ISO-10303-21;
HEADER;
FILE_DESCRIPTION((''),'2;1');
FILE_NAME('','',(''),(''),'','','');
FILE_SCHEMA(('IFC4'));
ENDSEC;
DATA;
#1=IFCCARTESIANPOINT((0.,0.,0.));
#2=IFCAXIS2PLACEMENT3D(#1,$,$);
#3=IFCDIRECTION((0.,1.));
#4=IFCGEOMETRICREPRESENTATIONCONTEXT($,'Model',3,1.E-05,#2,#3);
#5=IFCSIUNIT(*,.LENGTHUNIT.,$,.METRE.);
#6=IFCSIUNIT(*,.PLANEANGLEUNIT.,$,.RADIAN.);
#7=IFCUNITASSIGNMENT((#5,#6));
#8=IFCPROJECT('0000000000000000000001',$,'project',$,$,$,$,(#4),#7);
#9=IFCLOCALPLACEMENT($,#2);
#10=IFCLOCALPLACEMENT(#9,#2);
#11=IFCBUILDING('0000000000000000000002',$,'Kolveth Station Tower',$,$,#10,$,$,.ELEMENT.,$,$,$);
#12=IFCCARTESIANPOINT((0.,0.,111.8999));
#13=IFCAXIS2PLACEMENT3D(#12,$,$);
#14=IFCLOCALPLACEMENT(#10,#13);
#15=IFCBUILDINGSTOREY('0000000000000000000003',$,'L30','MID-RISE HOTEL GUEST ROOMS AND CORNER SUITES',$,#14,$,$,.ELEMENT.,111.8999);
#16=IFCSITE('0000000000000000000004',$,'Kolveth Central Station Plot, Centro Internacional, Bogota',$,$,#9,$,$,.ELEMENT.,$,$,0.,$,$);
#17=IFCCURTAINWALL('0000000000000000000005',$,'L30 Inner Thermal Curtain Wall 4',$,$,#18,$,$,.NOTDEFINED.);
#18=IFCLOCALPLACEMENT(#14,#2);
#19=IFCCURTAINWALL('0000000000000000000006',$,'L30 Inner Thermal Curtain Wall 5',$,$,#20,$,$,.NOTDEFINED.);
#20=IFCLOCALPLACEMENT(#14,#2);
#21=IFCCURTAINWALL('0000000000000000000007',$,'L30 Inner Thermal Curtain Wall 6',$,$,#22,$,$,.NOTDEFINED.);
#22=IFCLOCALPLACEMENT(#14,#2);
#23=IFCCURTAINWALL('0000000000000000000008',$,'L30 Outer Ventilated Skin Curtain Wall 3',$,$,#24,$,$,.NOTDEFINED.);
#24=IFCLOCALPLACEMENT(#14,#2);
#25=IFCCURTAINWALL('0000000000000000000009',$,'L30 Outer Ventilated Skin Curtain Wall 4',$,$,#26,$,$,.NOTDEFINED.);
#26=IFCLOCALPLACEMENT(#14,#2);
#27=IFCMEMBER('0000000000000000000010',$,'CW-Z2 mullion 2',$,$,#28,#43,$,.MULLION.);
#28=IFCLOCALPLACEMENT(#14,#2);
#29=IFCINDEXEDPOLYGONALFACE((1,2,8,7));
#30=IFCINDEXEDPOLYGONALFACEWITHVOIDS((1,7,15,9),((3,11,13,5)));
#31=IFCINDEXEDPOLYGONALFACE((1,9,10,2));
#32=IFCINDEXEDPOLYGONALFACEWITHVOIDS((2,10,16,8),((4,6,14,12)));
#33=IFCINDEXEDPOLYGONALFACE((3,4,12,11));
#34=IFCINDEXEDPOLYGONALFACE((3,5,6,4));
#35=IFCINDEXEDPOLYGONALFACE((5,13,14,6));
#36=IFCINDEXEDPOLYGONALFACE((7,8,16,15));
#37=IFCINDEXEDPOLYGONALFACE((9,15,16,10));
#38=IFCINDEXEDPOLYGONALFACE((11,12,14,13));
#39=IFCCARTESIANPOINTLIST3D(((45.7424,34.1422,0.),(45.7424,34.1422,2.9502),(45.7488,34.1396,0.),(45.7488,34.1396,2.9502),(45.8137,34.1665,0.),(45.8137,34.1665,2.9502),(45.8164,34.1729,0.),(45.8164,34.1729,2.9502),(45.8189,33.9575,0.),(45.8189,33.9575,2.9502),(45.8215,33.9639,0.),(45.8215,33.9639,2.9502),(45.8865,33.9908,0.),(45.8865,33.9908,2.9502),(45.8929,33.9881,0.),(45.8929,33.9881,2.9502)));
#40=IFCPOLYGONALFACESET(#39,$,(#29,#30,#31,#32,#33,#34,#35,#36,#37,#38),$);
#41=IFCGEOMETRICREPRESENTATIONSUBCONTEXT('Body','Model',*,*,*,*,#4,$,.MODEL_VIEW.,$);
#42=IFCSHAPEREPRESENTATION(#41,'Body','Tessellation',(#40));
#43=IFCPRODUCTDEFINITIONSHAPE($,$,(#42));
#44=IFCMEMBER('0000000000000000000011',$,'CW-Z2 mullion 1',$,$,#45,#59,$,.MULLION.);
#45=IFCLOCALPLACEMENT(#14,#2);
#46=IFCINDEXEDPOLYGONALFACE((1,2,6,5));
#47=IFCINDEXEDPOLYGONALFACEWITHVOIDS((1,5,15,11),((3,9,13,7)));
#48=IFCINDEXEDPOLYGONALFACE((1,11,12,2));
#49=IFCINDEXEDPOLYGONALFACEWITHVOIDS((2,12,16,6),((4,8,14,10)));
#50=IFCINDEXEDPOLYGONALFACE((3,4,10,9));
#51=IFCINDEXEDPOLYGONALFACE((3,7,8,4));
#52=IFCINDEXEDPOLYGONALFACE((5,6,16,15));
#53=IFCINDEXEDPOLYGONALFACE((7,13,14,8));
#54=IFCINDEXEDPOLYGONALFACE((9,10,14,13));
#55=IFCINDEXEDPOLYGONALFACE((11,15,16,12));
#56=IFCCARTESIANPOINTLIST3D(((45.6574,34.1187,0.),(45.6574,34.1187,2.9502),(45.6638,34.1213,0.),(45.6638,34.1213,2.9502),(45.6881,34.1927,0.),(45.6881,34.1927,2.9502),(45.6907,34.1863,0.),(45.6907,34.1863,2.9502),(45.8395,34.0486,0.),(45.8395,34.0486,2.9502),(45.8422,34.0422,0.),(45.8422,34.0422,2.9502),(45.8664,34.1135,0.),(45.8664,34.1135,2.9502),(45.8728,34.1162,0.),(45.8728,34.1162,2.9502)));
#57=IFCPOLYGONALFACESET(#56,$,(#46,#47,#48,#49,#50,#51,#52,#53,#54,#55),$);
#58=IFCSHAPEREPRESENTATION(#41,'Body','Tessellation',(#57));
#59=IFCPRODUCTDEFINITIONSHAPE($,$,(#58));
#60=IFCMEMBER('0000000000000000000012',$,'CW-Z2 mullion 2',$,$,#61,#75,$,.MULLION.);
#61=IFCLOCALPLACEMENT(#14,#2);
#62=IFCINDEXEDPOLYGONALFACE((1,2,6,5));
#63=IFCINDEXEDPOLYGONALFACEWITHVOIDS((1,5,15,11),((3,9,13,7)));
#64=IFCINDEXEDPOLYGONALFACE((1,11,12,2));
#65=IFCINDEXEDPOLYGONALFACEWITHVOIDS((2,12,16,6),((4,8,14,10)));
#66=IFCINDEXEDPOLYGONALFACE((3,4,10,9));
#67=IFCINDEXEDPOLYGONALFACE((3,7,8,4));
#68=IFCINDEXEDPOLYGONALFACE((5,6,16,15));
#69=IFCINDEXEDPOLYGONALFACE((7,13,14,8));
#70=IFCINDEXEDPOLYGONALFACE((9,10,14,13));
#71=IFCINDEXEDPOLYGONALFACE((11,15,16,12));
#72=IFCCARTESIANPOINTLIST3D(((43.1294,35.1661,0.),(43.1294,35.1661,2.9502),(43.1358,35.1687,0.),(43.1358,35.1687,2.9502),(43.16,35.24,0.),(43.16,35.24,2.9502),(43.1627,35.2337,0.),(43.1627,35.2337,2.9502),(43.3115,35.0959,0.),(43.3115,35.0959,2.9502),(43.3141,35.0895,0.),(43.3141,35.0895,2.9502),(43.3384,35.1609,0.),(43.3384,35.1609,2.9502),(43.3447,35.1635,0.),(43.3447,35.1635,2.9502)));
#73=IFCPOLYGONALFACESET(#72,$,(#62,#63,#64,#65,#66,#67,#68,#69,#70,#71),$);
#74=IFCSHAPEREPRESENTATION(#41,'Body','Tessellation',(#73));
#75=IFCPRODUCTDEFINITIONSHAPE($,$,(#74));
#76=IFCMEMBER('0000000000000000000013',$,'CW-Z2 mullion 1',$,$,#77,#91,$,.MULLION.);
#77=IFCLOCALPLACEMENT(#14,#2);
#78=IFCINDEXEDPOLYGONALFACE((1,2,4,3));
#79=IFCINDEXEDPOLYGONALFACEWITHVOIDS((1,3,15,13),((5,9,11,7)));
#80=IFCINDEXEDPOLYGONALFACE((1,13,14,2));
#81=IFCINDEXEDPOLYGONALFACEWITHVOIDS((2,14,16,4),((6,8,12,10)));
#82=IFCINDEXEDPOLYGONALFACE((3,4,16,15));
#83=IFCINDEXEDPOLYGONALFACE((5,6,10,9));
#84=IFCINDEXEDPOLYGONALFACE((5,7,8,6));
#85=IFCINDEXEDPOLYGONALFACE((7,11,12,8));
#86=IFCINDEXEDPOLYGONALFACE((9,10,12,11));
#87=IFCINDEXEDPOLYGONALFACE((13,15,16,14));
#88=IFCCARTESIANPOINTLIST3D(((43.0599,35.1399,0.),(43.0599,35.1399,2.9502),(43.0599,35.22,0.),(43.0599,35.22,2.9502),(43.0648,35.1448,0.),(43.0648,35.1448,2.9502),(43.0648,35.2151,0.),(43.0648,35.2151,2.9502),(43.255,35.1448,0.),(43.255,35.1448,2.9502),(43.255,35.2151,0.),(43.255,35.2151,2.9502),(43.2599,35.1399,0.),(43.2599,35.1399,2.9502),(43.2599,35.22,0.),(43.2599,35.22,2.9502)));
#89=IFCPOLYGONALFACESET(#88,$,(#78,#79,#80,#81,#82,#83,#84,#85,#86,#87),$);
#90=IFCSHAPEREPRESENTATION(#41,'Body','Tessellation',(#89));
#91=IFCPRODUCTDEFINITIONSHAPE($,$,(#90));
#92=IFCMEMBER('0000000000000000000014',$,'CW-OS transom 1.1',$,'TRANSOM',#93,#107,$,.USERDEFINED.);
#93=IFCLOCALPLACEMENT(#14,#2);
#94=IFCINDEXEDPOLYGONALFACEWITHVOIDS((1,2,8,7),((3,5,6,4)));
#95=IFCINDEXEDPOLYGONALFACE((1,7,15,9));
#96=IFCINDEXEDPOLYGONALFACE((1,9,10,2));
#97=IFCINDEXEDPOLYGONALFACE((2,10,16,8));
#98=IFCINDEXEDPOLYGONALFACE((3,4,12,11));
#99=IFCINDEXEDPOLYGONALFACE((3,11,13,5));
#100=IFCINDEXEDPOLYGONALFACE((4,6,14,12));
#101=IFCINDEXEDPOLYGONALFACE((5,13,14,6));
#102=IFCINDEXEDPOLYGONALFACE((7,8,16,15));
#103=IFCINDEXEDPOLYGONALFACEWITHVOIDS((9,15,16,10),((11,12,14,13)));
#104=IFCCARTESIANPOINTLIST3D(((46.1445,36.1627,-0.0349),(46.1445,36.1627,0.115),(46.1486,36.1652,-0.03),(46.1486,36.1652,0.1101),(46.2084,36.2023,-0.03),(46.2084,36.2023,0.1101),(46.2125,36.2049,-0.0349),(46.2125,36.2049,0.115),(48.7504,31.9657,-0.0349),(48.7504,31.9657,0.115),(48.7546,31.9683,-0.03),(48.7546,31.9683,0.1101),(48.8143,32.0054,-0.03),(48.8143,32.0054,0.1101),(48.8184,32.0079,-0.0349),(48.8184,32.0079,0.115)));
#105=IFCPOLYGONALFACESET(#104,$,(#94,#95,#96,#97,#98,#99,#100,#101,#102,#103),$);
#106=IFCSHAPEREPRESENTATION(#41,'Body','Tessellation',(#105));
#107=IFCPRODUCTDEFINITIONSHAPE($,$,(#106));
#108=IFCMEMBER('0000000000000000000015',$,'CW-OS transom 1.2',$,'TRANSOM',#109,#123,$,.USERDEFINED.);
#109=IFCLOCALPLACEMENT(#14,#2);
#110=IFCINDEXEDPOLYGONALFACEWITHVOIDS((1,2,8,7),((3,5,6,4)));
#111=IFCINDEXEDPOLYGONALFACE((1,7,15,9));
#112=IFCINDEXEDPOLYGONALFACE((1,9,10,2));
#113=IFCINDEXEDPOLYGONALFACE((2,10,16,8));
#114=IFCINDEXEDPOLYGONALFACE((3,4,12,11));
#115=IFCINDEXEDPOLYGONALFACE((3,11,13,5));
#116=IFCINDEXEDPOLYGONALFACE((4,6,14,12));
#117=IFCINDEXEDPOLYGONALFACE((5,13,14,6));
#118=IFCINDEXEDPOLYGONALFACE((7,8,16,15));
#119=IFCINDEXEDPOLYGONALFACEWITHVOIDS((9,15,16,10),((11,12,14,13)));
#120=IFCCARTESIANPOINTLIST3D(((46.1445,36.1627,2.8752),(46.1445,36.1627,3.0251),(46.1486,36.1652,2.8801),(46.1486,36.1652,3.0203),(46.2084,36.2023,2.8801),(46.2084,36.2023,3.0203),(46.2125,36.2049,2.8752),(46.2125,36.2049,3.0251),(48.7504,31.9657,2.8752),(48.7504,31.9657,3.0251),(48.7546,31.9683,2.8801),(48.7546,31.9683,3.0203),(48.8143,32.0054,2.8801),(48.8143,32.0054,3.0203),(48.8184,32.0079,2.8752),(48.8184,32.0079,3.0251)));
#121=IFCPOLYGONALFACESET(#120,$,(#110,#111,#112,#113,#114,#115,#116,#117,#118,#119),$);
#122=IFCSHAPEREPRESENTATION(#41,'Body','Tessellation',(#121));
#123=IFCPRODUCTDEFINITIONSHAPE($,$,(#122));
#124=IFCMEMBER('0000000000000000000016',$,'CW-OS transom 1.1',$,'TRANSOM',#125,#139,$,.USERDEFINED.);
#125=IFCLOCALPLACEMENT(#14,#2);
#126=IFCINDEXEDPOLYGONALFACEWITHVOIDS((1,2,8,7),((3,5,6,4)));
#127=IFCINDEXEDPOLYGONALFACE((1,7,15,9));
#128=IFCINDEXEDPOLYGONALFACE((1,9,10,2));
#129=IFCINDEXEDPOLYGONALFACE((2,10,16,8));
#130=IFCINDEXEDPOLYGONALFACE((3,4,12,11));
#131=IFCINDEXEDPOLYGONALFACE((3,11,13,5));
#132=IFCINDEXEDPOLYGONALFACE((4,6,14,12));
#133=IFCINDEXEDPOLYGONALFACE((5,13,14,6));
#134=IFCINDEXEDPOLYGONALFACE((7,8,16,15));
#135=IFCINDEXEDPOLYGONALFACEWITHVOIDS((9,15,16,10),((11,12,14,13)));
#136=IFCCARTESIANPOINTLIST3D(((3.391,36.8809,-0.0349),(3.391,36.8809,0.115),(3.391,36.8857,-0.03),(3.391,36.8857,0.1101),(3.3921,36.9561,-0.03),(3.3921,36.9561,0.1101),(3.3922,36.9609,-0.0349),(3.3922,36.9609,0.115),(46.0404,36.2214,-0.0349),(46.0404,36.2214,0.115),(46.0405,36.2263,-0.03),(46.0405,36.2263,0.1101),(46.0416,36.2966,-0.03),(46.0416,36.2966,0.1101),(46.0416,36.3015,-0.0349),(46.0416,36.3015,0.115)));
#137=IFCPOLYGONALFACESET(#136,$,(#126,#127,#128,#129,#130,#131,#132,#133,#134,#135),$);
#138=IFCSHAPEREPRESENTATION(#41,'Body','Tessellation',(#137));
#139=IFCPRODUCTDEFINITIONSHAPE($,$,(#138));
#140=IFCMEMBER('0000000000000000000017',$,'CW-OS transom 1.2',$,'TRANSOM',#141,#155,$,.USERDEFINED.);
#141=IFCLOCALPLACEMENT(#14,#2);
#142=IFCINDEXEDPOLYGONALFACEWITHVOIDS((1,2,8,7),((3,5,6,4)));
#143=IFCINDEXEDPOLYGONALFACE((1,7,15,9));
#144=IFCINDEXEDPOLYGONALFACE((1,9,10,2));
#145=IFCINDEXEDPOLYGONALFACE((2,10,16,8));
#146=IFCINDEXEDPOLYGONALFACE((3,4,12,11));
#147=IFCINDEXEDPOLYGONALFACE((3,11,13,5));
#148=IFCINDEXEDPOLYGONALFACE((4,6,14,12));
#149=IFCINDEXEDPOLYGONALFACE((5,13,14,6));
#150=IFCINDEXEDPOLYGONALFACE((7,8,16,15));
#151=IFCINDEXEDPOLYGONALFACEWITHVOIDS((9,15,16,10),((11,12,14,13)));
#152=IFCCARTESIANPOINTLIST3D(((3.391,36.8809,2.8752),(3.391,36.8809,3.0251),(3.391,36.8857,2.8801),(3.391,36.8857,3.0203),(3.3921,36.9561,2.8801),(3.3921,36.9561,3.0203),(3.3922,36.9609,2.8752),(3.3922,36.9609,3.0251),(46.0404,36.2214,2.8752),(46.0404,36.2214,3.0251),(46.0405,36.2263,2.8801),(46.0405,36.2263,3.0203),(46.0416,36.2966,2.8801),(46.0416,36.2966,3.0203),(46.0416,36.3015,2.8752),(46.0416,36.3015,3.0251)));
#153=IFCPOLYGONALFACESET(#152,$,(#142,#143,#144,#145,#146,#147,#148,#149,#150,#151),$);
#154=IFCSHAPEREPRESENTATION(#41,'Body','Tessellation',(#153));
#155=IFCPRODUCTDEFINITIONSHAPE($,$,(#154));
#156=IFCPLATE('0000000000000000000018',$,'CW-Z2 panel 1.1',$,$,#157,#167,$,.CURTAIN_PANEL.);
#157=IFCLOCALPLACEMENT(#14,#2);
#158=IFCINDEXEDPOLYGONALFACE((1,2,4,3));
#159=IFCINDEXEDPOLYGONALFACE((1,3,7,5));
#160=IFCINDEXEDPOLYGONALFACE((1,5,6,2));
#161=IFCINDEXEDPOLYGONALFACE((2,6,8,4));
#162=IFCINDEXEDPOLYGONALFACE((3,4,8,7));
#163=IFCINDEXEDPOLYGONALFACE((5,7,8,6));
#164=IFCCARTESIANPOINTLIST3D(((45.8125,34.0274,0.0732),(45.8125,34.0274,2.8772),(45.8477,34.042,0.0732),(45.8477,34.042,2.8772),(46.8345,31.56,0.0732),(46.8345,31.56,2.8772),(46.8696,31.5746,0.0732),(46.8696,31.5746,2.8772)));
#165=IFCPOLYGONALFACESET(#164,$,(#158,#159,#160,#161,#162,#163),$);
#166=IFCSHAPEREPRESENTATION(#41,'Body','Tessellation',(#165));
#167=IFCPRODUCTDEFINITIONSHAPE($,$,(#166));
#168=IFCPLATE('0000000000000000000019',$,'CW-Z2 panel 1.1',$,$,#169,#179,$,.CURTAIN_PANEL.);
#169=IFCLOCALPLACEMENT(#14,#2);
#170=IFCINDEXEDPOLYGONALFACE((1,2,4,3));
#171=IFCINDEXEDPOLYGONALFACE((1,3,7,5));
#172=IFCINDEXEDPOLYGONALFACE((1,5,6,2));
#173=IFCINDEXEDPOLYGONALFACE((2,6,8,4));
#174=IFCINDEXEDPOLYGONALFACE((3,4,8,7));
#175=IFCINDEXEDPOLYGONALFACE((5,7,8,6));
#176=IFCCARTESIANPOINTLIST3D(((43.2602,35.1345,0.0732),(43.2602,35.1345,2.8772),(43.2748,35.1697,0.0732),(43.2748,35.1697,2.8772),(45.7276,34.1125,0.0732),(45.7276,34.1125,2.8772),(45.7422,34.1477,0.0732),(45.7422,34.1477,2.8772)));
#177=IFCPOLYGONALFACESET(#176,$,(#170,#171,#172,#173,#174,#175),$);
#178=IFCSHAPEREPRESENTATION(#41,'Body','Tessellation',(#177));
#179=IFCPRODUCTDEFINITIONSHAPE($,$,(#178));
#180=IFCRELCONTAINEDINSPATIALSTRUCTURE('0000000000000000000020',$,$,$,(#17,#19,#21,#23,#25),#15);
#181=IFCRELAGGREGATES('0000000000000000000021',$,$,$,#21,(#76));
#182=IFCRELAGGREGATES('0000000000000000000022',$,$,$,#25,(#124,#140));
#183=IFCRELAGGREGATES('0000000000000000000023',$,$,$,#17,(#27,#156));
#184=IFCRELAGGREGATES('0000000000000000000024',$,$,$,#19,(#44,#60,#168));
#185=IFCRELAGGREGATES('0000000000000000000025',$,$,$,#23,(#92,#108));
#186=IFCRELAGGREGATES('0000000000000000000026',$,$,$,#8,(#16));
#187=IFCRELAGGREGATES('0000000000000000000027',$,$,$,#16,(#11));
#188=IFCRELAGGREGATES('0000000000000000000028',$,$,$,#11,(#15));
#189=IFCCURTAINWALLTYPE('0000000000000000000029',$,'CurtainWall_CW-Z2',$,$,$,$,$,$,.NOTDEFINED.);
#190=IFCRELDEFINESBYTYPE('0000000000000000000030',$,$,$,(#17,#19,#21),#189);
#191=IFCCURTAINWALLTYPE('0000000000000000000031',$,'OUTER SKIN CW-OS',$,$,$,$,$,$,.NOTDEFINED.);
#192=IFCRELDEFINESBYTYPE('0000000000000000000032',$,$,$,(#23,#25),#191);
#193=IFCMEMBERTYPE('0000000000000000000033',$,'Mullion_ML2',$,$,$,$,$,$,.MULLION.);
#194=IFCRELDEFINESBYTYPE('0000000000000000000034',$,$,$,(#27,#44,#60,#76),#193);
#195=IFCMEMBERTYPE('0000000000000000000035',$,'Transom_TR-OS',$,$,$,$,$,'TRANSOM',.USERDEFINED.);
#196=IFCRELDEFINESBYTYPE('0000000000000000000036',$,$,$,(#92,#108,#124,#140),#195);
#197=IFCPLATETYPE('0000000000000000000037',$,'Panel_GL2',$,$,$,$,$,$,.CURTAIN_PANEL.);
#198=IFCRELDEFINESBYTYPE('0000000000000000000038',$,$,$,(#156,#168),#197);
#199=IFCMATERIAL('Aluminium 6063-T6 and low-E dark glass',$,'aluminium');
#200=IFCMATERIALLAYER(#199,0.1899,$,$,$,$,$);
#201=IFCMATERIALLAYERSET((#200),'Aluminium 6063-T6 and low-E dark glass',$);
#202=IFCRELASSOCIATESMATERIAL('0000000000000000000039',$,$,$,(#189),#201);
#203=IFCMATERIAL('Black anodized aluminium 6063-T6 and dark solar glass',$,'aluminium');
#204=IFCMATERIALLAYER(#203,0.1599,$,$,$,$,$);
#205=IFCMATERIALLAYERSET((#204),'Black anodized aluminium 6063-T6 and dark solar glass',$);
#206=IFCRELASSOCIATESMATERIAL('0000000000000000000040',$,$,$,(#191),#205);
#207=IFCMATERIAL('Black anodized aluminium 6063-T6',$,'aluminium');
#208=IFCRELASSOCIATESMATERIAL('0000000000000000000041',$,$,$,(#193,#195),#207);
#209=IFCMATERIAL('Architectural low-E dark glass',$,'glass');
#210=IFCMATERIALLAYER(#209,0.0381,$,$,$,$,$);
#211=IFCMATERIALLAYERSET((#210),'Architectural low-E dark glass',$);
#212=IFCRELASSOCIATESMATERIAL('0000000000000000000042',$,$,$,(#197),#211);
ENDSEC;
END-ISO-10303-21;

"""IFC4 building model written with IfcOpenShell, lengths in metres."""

from ifc_helpers import new_model, si_unit, direction, frame, origin, origin_2d, place, context, subcontext, project, spatial, rectangle, hollow_rectangle, extrude, source, transform, mapped, material, layer, layer_set, material_profile, profile_set, type_object, element, aggregate, save


model = new_model("IFC4")

# Units and contexts
model_context = context("Model", 3, precision=1e-05, world=origin(), true_north=direction((0.0, 1.0)))
body_context = subcontext(model_context, "Body", "Model", "MODEL_VIEW")
ifc_project = project(units=[si_unit("LENGTHUNIT", "METRE"), si_unit("PLANEANGLEUNIT", "RADIAN")], contexts=[model_context])

# Site, building, storey
site_placement = place(None, origin())
site = spatial("IfcSite", under=ifc_project, at=site_placement, Name="Kolveth Central Station Plot, Centro Internacional, Bogota", CompositionType="ELEMENT", RefElevation=0.0)
building_placement = place(site_placement, origin())
building = spatial("IfcBuilding", under=site, at=building_placement, Name="Kolveth Station Tower", CompositionType="ELEMENT")
storey_placement = place(building_placement, frame((0.0, 0.0, 111.8999)))
storey = spatial("IfcBuildingStorey", under=building, at=storey_placement, Name="L30", Description="MID-RISE HOTEL GUEST ROOMS AND CORNER SUITES", CompositionType="ELEMENT", Elevation=111.8999)

# Curtain wall
ifc_material_1 = material(Name="Aluminium 6063-T6 and low-E dark glass", Category="aluminium")
ifc_layer_1 = layer(ifc_material_1, 0.1899)
ifc_layer_set_1 = layer_set([ifc_layer_1], Name="Aluminium 6063-T6 and low-E dark glass")
curtain_wall_type_1 = type_object("IfcCurtainWallType", Name="CurtainWall_CW-Z2", PredefinedType="NOTDEFINED", material=ifc_layer_set_1)
curtain_wall_1_placement = place(storey_placement, origin())
curtain_wall_1 = element("IfcCurtainWall", 1, at=curtain_wall_1_placement, inside=storey, type_object=curtain_wall_type_1, Name="L30 Inner Thermal Curtain Wall 4", PredefinedType="NOTDEFINED")
ifc_material_2 = material(Name="Black anodized aluminium 6063-T6", Category="aluminium")

# Curtain walls
curtain_wall_2_placement = place(storey_placement, origin())
curtain_wall_2 = element("IfcCurtainWall", 2, at=curtain_wall_2_placement, inside=storey, type_object=curtain_wall_type_1, Name="L30 Inner Thermal Curtain Wall 5", PredefinedType="NOTDEFINED")
curtain_wall_3_placement = place(storey_placement, origin())
curtain_wall_3 = element("IfcCurtainWall", 3, at=curtain_wall_3_placement, inside=storey, type_object=curtain_wall_type_1, Name="L30 Inner Thermal Curtain Wall 6", PredefinedType="NOTDEFINED")

# Shared definitions
ifc_material_3 = material(Name="Black anodized aluminium 6063-T6 and dark solar glass", Category="aluminium")
ifc_layer_2 = layer(ifc_material_3, 0.1599)
ifc_layer_set_2 = layer_set([ifc_layer_2], Name="Black anodized aluminium 6063-T6 and dark solar glass")
curtain_wall_type_2 = type_object("IfcCurtainWallType", Name="OUTER SKIN CW-OS", PredefinedType="NOTDEFINED", material=ifc_layer_set_2)

# Curtain wall
curtain_wall_4_placement = place(storey_placement, origin())
curtain_wall_4 = element("IfcCurtainWall", 4, at=curtain_wall_4_placement, inside=storey, type_object=curtain_wall_type_2, Name="L30 Outer Ventilated Skin Curtain Wall 3", PredefinedType="NOTDEFINED")

# Curtain wall
curtain_wall_5_placement = place(storey_placement, origin())
curtain_wall_5 = element("IfcCurtainWall", 5, at=curtain_wall_5_placement, inside=storey, type_object=curtain_wall_type_2, Name="L30 Outer Ventilated Skin Curtain Wall 4", PredefinedType="NOTDEFINED")

# Members
ifc_material_profile_1 = material_profile(ifc_material_2, hollow_rectangle(XDim=0.0801, YDim=0.2, WallThickness=0.0049, at=origin_2d()), Name="ALU-80x200x5")
ifc_profile_set_1 = profile_set([ifc_material_profile_1], Name="Black anodized aluminium 6063-T6")
member_type_1 = type_object("IfcMemberType", Name="Mullion_ML2", PredefinedType="MULLION", material=ifc_profile_set_1)
shared_shape_1 = source(origin(), body_context, "Body", "SweptSolid", [
    extrude(hollow_rectangle(XDim=0.0801, YDim=0.2, WallThickness=0.0049, at=origin_2d()), origin(), (0.0, 0.0, 1.0), 2.9502),
])
member_1_placement = place(storey_placement, frame((45.8176, 34.0652, 0.0), z_axis=(0.0, 0.0, 1.0), x_axis=(-0.923888, -0.382663, 0.0)))
member_1 = element("IfcMember", 6, at=member_1_placement, type_object=member_type_1, Name="CW-Z2 mullion 2", PredefinedType="MULLION", context=body_context, shape_type="MappedRepresentation", body=[
    mapped(shared_shape_1, transform((0.0, 0.0, 0.0), x_axis=(1.0, 0.0, 0.0), y_axis=(0.0, 1.0, 0.0), z_axis=(0.0, 0.0, 1.0), scale=1.0)),
])
member_2_placement = place(storey_placement, frame((45.7651, 34.1174, 0.0), z_axis=(0.0, 0.0, 1.0), x_axis=(-0.382663, -0.923888, 0.0)))
member_2 = element("IfcMember", 7, at=member_2_placement, type_object=member_type_1, Name="CW-Z2 mullion 1", PredefinedType="MULLION", context=body_context, shape_type="MappedRepresentation", body=[
    mapped(shared_shape_1, transform((0.0, 0.0, 0.0), x_axis=(1.0, 0.0, 0.0), y_axis=(0.0, 1.0, 0.0), z_axis=(0.0, 0.0, 1.0), scale=1.0)),
])
member_3_placement = place(storey_placement, frame((43.2371, 35.1648, 0.0), z_axis=(0.0, 0.0, 1.0), x_axis=(-0.382663, -0.923888, 0.0)))
member_3 = element("IfcMember", 8, at=member_3_placement, type_object=member_type_1, Name="CW-Z2 mullion 2", PredefinedType="MULLION", context=body_context, shape_type="MappedRepresentation", body=[
    mapped(shared_shape_1, transform((0.0, 0.0, 0.0), x_axis=(1.0, 0.0, 0.0), y_axis=(0.0, 1.0, 0.0), z_axis=(0.0, 0.0, 1.0), scale=1.0)),
])
member_4_placement = place(storey_placement, frame((43.1599, 35.1799, 0.0), z_axis=(0.0, 0.0, 1.0), x_axis=(0.0, -1.0, 0.0)))
member_4 = element("IfcMember", 9, at=member_4_placement, type_object=member_type_1, Name="CW-Z2 mullion 1", PredefinedType="MULLION", context=body_context, shape_type="MappedRepresentation", body=[
    mapped(shared_shape_1, transform((0.0, 0.0, 0.0), x_axis=(1.0, 0.0, 0.0), y_axis=(0.0, 1.0, 0.0), z_axis=(0.0, 0.0, 1.0), scale=1.0)),
])
aggregate(curtain_wall_3, [member_4])
ifc_material_profile_2 = material_profile(ifc_material_2, hollow_rectangle(XDim=0.0801, YDim=0.1499, WallThickness=0.0049, at=origin_2d()), Name="ALU-80x150x5")
ifc_profile_set_2 = profile_set([ifc_material_profile_2], Name="Black anodized aluminium 6063-T6")
member_type_2 = type_object("IfcMemberType", Name="Transom_TR-OS", ElementType="TRANSOM", PredefinedType="USERDEFINED", material=ifc_profile_set_2)
shared_shape_2 = source(origin(), body_context, "Body", "SweptSolid", [
    extrude(hollow_rectangle(XDim=0.0801, YDim=0.1499, WallThickness=0.0049, at=origin_2d()), origin(), (0.0, 0.0, 1.0), 4.9402),
])
member_5_placement = place(storey_placement, frame((48.7844, 31.9868, 0.04), z_axis=(-0.527496, 0.849558, 0.0), x_axis=(-0.849558, -0.527496, 0.0)))
member_5 = element("IfcMember", 10, at=member_5_placement, type_object=member_type_2, Name="CW-OS transom 1.1", ObjectType="TRANSOM", PredefinedType="USERDEFINED", context=body_context, shape_type="MappedRepresentation", body=[
    mapped(shared_shape_2, transform((0.0, 0.0, 0.0), x_axis=(1.0, 0.0, 0.0), y_axis=(0.0, 1.0, 0.0), z_axis=(0.0, 0.0, 1.0), scale=1.0)),
])
member_6_placement = place(storey_placement, frame((48.7844, 31.9868, 2.9502), z_axis=(-0.527496, 0.849558, 0.0), x_axis=(-0.849558, -0.527496, 0.0)))
member_6 = element("IfcMember", 11, at=member_6_placement, type_object=member_type_2, Name="CW-OS transom 1.2", ObjectType="TRANSOM", PredefinedType="USERDEFINED", context=body_context, shape_type="MappedRepresentation", body=[
    mapped(shared_shape_2, transform((0.0, 0.0, 0.0), x_axis=(1.0, 0.0, 0.0), y_axis=(0.0, 1.0, 0.0), z_axis=(0.0, 0.0, 1.0), scale=1.0)),
])
shared_shape_3 = source(origin(), body_context, "Body", "SweptSolid", [
    extrude(hollow_rectangle(XDim=0.0801, YDim=0.1499, WallThickness=0.0049, at=origin_2d()), origin(), (0.0, 0.0, 1.0), 42.6545),
])
member_7_placement = place(storey_placement, frame((46.041, 36.2615, 0.04), z_axis=(-0.99988, 0.01546, 0.0), x_axis=(-0.01546, -0.99988, 0.0)))
member_7 = element("IfcMember", 12, at=member_7_placement, type_object=member_type_2, Name="CW-OS transom 1.1", ObjectType="TRANSOM", PredefinedType="USERDEFINED", context=body_context, shape_type="MappedRepresentation", body=[
    mapped(shared_shape_3, transform((0.0, 0.0, 0.0), x_axis=(1.0, 0.0, 0.0), y_axis=(0.0, 1.0, 0.0), z_axis=(0.0, 0.0, 1.0), scale=1.0)),
])
member_8_placement = place(storey_placement, frame((46.041, 36.2615, 2.9502), z_axis=(-0.99988, 0.01546, 0.0), x_axis=(-0.01546, -0.99988, 0.0)))
member_8 = element("IfcMember", 13, at=member_8_placement, type_object=member_type_2, Name="CW-OS transom 1.2", ObjectType="TRANSOM", PredefinedType="USERDEFINED", context=body_context, shape_type="MappedRepresentation", body=[
    mapped(shared_shape_3, transform((0.0, 0.0, 0.0), x_axis=(1.0, 0.0, 0.0), y_axis=(0.0, 1.0, 0.0), z_axis=(0.0, 0.0, 1.0), scale=1.0)),
])
aggregate(curtain_wall_5, [member_7, member_8])

# Plates
ifc_material_4 = material(Name="Architectural low-E dark glass", Category="glass")
ifc_layer_3 = layer(ifc_material_4, 0.0381)
ifc_layer_set_3 = layer_set([ifc_layer_3], Name="Architectural low-E dark glass")
plate_type_1 = type_object("IfcPlateType", Name="Panel_GL2", PredefinedType="CURTAIN_PANEL", material=ifc_layer_set_3)
shared_shape_4 = source(origin(), body_context, "Body", "SweptSolid", [
    extrude(rectangle(XDim=2.6707, YDim=0.0381, at=origin_2d()), origin(), (0.0, 0.0, 1.0), 2.804),
])
plate_1_placement = place(storey_placement, frame((46.3411, 32.801, 0.0732), z_axis=(0.0, 0.0, 1.0), x_axis=(-0.382663, 0.923888, 0.0)))
plate_1 = element("IfcPlate", 14, at=plate_1_placement, type_object=plate_type_1, Name="CW-Z2 panel 1.1", PredefinedType="CURTAIN_PANEL", context=body_context, shape_type="MappedRepresentation", body=[
    mapped(shared_shape_4, transform((0.0, 0.0, 0.0), x_axis=(1.0, 0.0, 0.0), y_axis=(0.0, 1.0, 0.0), z_axis=(0.0, 0.0, 1.0), scale=1.0)),
])
aggregate(curtain_wall_1, [member_1, plate_1])
plate_2_placement = place(storey_placement, frame((44.5012, 34.6411, 0.0732), z_axis=(0.0, 0.0, 1.0), x_axis=(-0.923888, 0.382663, 0.0)))
plate_2 = element("IfcPlate", 15, at=plate_2_placement, type_object=plate_type_1, Name="CW-Z2 panel 1.1", PredefinedType="CURTAIN_PANEL", context=body_context, shape_type="MappedRepresentation", body=[
    mapped(shared_shape_4, transform((0.0, 0.0, 0.0), x_axis=(1.0, 0.0, 0.0), y_axis=(0.0, 1.0, 0.0), z_axis=(0.0, 0.0, 1.0), scale=1.0)),
])
aggregate(curtain_wall_2, [member_2, member_3, plate_2])
aggregate(curtain_wall_4, [member_5, member_6])

save(model, "model.ifc")
